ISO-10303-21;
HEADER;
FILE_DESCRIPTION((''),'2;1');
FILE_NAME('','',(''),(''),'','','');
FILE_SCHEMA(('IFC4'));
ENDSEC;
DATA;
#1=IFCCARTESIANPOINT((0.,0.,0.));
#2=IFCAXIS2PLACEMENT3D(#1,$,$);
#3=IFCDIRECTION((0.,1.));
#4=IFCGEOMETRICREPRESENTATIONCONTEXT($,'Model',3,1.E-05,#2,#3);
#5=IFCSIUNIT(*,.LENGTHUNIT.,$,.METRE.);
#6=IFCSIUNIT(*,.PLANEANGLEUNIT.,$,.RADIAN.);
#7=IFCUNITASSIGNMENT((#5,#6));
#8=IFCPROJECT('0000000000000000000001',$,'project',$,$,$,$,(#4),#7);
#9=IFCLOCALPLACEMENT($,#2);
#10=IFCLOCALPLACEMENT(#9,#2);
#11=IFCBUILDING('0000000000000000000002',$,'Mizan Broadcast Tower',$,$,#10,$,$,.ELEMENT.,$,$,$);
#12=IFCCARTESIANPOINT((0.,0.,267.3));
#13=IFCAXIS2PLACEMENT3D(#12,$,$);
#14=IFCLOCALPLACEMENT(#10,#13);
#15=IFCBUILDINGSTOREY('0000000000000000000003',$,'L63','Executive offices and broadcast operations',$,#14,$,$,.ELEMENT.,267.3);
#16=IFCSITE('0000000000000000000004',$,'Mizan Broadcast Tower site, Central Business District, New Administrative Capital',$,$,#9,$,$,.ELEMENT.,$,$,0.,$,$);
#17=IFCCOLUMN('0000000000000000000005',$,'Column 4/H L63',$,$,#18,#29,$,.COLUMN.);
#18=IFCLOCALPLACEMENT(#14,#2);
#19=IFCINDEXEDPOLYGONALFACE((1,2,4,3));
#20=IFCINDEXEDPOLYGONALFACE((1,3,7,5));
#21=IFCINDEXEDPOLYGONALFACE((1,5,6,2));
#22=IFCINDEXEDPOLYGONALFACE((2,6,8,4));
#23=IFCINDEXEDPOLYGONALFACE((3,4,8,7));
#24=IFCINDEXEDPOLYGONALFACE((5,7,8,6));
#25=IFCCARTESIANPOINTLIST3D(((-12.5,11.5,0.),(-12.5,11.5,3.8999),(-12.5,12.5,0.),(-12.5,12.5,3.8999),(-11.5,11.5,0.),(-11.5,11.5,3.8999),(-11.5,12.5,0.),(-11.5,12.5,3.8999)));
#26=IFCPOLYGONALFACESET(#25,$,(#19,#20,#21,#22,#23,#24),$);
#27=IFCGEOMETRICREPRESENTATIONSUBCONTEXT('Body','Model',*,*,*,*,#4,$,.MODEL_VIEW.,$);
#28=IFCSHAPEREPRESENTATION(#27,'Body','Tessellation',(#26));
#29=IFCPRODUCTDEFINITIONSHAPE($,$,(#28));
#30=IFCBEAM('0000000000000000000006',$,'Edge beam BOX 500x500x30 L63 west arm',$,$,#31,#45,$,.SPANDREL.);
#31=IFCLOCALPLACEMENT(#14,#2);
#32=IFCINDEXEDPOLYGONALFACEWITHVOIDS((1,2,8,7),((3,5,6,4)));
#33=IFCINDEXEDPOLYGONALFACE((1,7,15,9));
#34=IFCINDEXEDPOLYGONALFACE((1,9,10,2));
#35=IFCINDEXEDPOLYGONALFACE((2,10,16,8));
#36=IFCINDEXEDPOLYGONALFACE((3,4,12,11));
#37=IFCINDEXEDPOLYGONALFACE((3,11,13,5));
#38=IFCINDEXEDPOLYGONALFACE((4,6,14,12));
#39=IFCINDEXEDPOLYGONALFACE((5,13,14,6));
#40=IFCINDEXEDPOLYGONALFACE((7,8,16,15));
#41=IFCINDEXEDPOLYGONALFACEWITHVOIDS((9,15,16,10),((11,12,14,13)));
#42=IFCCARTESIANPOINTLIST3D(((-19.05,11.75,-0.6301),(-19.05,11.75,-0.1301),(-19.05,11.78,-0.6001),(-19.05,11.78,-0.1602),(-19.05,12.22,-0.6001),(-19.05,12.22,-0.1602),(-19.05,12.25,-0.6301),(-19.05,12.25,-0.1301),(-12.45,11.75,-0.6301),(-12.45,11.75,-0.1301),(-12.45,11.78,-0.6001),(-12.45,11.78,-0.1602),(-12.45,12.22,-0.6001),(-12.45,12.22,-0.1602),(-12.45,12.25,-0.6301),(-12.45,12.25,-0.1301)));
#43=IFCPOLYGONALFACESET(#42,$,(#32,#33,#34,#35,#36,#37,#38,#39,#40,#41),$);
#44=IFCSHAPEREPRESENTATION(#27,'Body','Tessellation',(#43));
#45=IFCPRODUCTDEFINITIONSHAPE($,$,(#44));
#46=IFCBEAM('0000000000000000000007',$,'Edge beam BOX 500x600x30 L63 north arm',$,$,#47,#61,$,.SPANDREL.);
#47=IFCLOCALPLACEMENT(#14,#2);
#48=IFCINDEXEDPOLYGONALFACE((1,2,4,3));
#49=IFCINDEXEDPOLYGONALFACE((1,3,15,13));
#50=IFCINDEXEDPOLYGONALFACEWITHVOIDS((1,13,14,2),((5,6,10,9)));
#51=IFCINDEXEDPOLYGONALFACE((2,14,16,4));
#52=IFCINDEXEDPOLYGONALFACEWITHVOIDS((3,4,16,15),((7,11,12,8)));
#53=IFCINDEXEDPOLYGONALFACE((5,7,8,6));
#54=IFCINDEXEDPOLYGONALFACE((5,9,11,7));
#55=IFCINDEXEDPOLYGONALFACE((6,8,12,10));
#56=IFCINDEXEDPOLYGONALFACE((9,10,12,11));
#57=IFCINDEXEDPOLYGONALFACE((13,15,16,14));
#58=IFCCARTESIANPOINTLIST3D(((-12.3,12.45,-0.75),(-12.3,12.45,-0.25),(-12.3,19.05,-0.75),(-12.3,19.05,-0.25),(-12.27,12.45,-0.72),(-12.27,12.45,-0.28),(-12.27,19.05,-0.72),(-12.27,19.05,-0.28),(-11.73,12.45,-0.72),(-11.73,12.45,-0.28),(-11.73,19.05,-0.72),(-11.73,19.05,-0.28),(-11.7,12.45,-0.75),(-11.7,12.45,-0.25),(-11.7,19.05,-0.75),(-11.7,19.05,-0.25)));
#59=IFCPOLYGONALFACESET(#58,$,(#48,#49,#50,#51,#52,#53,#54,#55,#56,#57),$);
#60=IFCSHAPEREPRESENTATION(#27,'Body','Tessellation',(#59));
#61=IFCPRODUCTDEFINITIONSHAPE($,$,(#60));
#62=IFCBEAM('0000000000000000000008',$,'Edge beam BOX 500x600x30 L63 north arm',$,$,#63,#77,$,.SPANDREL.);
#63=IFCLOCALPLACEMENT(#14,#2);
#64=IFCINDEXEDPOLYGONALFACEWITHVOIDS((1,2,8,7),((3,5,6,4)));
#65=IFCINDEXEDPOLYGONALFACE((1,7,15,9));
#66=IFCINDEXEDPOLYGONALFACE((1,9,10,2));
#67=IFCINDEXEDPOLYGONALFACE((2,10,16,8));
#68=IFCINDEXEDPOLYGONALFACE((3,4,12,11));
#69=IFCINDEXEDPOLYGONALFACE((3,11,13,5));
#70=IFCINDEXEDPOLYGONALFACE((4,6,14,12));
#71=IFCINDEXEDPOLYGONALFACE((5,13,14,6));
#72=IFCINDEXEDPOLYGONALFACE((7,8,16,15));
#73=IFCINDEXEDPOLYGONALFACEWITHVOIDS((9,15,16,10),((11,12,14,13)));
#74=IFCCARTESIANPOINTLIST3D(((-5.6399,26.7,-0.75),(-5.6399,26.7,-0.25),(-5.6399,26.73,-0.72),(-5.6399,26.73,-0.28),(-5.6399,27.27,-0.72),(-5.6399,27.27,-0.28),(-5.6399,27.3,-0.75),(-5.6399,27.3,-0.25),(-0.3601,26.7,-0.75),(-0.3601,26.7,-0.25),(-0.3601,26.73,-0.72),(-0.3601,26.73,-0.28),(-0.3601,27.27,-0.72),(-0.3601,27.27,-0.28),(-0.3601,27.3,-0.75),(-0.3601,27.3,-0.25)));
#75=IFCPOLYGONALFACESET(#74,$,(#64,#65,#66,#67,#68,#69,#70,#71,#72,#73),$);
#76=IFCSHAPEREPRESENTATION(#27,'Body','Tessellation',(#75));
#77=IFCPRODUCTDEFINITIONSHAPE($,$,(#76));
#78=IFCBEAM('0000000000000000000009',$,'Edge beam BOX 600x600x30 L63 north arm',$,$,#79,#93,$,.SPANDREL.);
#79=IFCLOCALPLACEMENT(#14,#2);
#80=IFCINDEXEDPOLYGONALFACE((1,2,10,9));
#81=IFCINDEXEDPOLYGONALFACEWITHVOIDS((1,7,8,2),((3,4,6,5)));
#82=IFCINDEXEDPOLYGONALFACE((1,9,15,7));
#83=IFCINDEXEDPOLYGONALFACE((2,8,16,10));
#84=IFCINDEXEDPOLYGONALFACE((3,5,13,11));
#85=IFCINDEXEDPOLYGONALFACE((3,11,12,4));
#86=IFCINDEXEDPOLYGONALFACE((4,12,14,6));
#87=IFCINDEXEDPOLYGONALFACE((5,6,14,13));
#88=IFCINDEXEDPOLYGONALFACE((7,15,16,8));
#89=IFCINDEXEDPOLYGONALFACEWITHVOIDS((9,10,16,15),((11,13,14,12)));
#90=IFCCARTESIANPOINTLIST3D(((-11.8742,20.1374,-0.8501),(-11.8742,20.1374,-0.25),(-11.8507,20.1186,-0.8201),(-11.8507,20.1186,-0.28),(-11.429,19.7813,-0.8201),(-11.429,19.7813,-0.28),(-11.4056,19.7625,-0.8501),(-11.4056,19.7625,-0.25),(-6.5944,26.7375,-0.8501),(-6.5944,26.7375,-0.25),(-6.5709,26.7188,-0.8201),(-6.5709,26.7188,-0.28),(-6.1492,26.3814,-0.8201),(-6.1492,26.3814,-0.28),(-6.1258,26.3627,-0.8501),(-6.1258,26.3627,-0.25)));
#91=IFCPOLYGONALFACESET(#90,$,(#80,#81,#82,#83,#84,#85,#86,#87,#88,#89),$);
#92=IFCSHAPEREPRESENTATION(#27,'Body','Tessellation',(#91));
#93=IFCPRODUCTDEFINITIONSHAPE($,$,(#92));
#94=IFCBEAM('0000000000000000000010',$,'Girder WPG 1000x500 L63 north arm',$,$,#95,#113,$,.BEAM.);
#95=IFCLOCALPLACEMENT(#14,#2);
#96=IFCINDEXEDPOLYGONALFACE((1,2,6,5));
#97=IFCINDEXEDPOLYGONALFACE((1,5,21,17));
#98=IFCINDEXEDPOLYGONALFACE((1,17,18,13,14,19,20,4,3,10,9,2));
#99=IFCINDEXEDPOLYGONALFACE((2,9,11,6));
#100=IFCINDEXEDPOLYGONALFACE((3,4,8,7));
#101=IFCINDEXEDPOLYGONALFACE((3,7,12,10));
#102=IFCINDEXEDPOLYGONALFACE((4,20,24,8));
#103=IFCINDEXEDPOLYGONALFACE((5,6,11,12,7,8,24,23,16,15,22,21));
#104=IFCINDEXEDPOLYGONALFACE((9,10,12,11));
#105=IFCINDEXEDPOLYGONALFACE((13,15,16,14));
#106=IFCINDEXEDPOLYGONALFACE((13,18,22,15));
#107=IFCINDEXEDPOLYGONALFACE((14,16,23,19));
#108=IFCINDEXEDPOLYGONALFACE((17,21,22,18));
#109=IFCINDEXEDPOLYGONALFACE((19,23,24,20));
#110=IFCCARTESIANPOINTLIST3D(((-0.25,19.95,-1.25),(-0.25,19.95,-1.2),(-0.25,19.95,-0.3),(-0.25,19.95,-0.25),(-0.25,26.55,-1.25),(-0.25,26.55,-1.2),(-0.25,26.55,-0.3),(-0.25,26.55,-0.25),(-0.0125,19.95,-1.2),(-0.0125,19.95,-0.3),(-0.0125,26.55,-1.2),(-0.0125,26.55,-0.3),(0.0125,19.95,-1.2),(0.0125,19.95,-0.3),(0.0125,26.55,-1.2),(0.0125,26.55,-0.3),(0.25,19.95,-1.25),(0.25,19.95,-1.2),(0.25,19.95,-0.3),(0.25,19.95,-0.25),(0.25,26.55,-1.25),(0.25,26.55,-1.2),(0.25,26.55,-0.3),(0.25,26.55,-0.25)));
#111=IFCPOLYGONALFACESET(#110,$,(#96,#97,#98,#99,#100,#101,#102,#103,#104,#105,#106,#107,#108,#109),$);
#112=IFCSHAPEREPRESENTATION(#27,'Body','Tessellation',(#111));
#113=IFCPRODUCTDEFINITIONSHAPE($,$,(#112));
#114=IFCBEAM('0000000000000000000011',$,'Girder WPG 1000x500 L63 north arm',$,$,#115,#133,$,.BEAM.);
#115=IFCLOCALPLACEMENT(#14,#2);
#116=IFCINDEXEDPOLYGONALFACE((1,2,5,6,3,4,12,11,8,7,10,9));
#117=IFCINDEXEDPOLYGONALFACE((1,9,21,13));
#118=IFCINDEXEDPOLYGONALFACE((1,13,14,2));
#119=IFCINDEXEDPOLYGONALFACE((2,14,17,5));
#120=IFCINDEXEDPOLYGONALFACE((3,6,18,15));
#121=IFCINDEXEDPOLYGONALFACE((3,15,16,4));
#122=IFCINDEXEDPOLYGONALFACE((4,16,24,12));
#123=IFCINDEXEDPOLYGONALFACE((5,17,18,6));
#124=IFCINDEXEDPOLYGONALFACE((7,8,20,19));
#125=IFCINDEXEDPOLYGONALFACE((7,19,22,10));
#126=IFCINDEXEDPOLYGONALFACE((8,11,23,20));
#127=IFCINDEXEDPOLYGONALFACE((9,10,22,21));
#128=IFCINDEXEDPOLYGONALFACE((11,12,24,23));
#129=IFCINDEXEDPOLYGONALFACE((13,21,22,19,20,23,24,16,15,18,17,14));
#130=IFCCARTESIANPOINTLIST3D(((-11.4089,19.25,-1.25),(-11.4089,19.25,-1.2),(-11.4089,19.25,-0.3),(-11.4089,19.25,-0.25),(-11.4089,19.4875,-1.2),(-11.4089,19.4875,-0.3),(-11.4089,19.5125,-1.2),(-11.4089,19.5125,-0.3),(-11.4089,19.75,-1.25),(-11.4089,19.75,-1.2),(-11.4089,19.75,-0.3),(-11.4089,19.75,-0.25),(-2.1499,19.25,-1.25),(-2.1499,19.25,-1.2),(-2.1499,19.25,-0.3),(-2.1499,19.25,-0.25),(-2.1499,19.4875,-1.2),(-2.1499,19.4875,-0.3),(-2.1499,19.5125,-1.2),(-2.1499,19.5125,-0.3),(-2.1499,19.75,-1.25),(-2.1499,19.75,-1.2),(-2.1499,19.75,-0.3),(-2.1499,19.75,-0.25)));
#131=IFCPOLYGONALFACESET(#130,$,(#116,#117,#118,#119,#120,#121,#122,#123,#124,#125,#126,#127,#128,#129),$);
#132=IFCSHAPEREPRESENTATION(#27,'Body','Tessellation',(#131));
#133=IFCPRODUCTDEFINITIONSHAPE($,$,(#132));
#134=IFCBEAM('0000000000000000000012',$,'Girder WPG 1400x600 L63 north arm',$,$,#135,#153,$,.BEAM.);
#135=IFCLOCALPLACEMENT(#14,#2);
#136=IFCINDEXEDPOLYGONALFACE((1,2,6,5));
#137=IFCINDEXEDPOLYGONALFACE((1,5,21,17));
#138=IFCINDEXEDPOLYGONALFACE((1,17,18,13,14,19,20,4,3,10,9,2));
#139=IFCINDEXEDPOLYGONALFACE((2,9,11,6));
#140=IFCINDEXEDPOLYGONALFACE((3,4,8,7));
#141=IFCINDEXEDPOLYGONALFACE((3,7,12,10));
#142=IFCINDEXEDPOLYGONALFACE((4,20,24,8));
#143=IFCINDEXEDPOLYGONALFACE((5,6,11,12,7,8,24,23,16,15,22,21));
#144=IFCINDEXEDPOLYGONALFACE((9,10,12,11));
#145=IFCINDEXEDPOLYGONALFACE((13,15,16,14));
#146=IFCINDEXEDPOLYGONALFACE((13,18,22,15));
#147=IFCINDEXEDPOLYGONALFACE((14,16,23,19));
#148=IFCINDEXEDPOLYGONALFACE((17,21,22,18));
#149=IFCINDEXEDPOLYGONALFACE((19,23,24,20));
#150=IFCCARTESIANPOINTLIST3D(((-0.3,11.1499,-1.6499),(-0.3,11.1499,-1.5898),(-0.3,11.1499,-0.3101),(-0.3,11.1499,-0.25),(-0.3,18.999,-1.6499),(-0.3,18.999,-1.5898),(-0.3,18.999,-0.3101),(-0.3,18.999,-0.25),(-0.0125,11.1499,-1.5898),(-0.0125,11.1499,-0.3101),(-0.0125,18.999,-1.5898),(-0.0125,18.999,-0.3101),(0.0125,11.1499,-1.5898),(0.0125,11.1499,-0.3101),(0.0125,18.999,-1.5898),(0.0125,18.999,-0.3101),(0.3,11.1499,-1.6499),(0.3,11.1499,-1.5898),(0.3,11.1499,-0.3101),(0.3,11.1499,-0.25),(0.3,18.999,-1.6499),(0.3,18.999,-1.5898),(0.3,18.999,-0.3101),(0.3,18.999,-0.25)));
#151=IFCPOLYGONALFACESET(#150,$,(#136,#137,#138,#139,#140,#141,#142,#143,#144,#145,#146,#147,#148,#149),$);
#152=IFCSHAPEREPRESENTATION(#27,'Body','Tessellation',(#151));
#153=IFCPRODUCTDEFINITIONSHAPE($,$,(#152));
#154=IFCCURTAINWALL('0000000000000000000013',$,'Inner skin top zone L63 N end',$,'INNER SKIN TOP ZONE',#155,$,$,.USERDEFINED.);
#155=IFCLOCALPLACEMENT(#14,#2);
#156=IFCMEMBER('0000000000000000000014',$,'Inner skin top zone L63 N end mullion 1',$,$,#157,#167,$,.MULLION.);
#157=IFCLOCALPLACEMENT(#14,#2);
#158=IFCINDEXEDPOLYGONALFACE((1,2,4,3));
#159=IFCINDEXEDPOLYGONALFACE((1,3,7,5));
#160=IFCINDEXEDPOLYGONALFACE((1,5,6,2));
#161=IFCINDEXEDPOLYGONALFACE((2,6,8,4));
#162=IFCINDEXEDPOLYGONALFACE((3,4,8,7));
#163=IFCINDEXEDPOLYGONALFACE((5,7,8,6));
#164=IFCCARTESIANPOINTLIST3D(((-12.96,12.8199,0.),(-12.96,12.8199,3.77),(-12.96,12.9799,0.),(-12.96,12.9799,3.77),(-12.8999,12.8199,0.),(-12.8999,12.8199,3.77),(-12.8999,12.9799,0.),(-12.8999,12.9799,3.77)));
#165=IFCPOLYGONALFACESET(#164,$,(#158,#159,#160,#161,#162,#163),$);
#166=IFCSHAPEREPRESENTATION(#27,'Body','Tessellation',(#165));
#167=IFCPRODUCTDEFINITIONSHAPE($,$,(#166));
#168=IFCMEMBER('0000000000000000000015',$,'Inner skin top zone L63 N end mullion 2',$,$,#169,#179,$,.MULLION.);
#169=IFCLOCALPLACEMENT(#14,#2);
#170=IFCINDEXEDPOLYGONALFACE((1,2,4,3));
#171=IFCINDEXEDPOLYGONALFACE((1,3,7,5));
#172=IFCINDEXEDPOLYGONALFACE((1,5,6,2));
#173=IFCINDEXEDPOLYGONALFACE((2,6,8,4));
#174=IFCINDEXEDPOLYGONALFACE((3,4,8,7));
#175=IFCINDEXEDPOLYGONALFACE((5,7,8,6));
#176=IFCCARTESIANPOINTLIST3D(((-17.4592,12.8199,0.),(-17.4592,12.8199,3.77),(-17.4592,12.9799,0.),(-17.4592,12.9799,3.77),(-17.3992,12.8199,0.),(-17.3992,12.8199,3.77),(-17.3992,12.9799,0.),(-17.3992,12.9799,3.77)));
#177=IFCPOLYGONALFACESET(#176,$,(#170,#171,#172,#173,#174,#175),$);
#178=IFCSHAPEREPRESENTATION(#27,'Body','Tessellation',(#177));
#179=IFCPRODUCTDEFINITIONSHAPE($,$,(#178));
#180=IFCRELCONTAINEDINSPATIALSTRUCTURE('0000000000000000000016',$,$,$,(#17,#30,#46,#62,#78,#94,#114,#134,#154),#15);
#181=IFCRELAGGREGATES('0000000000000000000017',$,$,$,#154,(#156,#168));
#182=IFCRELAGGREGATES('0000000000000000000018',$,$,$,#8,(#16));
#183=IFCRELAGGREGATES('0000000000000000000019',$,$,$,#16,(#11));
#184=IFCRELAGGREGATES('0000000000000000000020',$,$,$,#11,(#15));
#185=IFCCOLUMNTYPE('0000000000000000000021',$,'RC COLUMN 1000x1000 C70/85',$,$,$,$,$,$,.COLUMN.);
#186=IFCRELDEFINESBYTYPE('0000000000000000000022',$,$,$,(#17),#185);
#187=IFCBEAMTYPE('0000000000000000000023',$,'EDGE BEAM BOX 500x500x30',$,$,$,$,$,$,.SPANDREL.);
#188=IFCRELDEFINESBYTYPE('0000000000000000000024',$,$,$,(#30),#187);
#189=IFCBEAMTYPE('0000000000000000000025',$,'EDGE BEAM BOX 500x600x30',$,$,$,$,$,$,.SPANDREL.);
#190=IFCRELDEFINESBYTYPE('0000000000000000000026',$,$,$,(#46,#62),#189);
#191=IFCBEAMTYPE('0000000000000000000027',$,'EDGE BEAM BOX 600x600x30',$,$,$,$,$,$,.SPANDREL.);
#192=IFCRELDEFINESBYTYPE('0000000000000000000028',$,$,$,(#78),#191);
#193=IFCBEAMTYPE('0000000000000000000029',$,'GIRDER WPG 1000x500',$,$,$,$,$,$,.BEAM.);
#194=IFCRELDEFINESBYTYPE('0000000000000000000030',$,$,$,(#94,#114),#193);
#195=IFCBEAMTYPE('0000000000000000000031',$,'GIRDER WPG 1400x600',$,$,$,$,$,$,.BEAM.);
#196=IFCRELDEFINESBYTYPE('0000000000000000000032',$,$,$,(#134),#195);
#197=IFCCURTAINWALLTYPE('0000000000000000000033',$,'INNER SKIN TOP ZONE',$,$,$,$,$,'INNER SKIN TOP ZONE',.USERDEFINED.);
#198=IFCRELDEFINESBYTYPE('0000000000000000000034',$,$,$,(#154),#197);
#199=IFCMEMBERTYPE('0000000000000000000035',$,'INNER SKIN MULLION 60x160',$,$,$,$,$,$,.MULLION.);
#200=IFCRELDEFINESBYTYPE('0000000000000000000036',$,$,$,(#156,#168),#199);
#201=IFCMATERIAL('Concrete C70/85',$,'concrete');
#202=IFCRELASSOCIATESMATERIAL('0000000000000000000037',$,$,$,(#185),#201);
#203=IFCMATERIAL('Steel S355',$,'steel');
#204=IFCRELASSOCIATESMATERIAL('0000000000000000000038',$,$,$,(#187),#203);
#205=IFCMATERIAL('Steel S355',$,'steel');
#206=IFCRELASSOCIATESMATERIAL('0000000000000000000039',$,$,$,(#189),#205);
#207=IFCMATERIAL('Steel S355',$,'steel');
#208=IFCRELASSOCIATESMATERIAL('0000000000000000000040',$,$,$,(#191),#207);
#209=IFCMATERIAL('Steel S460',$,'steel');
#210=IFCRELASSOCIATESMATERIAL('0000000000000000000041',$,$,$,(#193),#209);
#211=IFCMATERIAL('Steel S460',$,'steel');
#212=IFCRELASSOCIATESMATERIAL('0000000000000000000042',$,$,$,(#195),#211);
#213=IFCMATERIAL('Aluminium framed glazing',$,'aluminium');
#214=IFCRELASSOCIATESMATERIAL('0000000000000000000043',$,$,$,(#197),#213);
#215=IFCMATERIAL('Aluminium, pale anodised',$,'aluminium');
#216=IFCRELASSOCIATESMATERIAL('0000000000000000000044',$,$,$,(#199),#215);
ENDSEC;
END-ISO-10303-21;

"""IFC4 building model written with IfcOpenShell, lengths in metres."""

from ifc_helpers import new_model, si_unit, direction, frame, origin, origin_2d, place, context, subcontext, project, spatial, rectangle, hollow_rectangle, i_section, extrude, material, material_profile, profile_set, type_object, element, aggregate, save


model = new_model("IFC4")

# Units and contexts
model_context = context("Model", 3, precision=1e-05, world=origin(), true_north=direction((0.0, 1.0)))
body_context = subcontext(model_context, "Body", "Model", "MODEL_VIEW")
ifc_project = project(units=[si_unit("LENGTHUNIT", "METRE"), si_unit("PLANEANGLEUNIT", "RADIAN")], contexts=[model_context])

# Site, building, storey
site_placement = place(None, origin())
site = spatial("IfcSite", under=ifc_project, at=site_placement, Name="Mizan Broadcast Tower site, Central Business District, New Administrative Capital", CompositionType="ELEMENT", RefElevation=0.0)
building_placement = place(site_placement, origin())
building = spatial("IfcBuilding", under=site, at=building_placement, Name="Mizan Broadcast Tower", CompositionType="ELEMENT")
storey_placement = place(building_placement, frame((0.0, 0.0, 267.3)))
storey = spatial("IfcBuildingStorey", under=building, at=storey_placement, Name="L63", Description="Executive offices and broadcast operations", CompositionType="ELEMENT", Elevation=267.3)

# Column
ifc_material_1 = material(Name="Concrete C70/85", Category="concrete")
ifc_material_profile_1 = material_profile(ifc_material_1, rectangle(XDim=1.0, YDim=1.0, at=origin_2d()), Name="RC 1000x1000")
ifc_profile_set_1 = profile_set([ifc_material_profile_1], Name="Concrete C70/85")
column_type = type_object("IfcColumnType", Name="RC COLUMN 1000x1000 C70/85", PredefinedType="COLUMN", material=ifc_profile_set_1)
column_placement = place(storey_placement, frame((-12.0, 12.0, 0.0), z_axis=(0.0, 0.0, 1.0), x_axis=(1.0, 0.0, 0.0)))
element("IfcColumn", 1, at=column_placement, inside=storey, type_object=column_type, Name="Column 4/H L63", PredefinedType="COLUMN", context=body_context, shape_type="SweptSolid", body=[
    extrude(rectangle(XDim=1.0, YDim=1.0, at=origin_2d()), origin(), (0.0, 0.0, 1.0), 3.8999),
])

# Beams
ifc_material_2 = material(Name="Steel S355", Category="steel")
ifc_material_profile_2 = material_profile(ifc_material_2, hollow_rectangle(XDim=0.5, YDim=0.5, WallThickness=0.03, at=origin_2d()), Name="BOX 500x500x30")
ifc_profile_set_2 = profile_set([ifc_material_profile_2], Name="Steel S355")
beam_type_1 = type_object("IfcBeamType", Name="EDGE BEAM BOX 500x500x30", PredefinedType="SPANDREL", material=ifc_profile_set_2)
beam_1_placement = place(storey_placement, frame((-12.45, 12.0, -0.3801), z_axis=(-1.0, 0.0, 0.0), x_axis=(0.0, -1.0, 0.0)))
element("IfcBeam", 2, at=beam_1_placement, inside=storey, type_object=beam_type_1, Name="Edge beam BOX 500x500x30 L63 west arm", PredefinedType="SPANDREL", context=body_context, shape_type="SweptSolid", body=[
    extrude(hollow_rectangle(XDim=0.5, YDim=0.5, WallThickness=0.03, at=origin_2d()), origin(), (0.0, 0.0, 1.0), 6.6001),
])
ifc_material_3 = material(Name="Steel S355", Category="steel")
ifc_material_profile_3 = material_profile(ifc_material_3, hollow_rectangle(XDim=0.6001, YDim=0.5, WallThickness=0.03, at=origin_2d()), Name="BOX 500x600x30")
ifc_profile_set_3 = profile_set([ifc_material_profile_3], Name="Steel S355")
beam_type_2 = type_object("IfcBeamType", Name="EDGE BEAM BOX 500x600x30", PredefinedType="SPANDREL", material=ifc_profile_set_3)
beam_2_placement = place(storey_placement, frame((-12.0, 12.45, -0.5), z_axis=(0.0, 1.0, 0.0), x_axis=(-1.0, 0.0, 0.0)))
element("IfcBeam", 3, at=beam_2_placement, inside=storey, type_object=beam_type_2, Name="Edge beam BOX 500x600x30 L63 north arm", PredefinedType="SPANDREL", context=body_context, shape_type="SweptSolid", body=[
    extrude(hollow_rectangle(XDim=0.6001, YDim=0.5, WallThickness=0.03, at=origin_2d()), origin(), (0.0, 0.0, 1.0), 6.6001),
])
beam_3_placement = place(storey_placement, frame((-5.6399, 27.0, -0.5), z_axis=(1.0, 0.0, 0.0), x_axis=(0.0, 1.0, 0.0)))
element("IfcBeam", 4, at=beam_3_placement, inside=storey, type_object=beam_type_2, Name="Edge beam BOX 500x600x30 L63 north arm", PredefinedType="SPANDREL", context=body_context, shape_type="SweptSolid", body=[
    extrude(hollow_rectangle(XDim=0.6001, YDim=0.5, WallThickness=0.03, at=origin_2d()), origin(), (0.0, 0.0, 1.0), 5.2798),
])
ifc_material_4 = material(Name="Steel S355", Category="steel")
ifc_material_profile_4 = material_profile(ifc_material_4, hollow_rectangle(XDim=0.6001, YDim=0.6001, WallThickness=0.03, at=origin_2d()), Name="BOX 600x600x30")
ifc_profile_set_4 = profile_set([ifc_material_profile_4], Name="Steel S355")
beam_type_3 = type_object("IfcBeamType", Name="EDGE BEAM BOX 600x600x30", PredefinedType="SPANDREL", material=ifc_profile_set_4)
beam_4_placement = place(storey_placement, frame((-11.6399, 19.95, -0.55), z_axis=(0.624674, 0.780886, 0.0), x_axis=(-0.780886, 0.624674, 0.0)))
element("IfcBeam", 5, at=beam_4_placement, inside=storey, type_object=beam_type_3, Name="Edge beam BOX 600x600x30 L63 north arm", PredefinedType="SPANDREL", context=body_context, shape_type="SweptSolid", body=[
    extrude(hollow_rectangle(XDim=0.6001, YDim=0.6001, WallThickness=0.03, at=origin_2d()), origin(), (0.0, 0.0, 1.0), 8.4521),
])
ifc_material_5 = material(Name="Steel S460", Category="steel")
ifc_material_profile_5 = material_profile(ifc_material_5, i_section(OverallWidth=0.5, OverallDepth=1.0, WebThickness=0.0249, FlangeThickness=0.05, at=origin_2d()), Name="WPG 1000x500")
ifc_profile_set_5 = profile_set([ifc_material_profile_5], Name="Steel S460")
beam_type_4 = type_object("IfcBeamType", Name="GIRDER WPG 1000x500", PredefinedType="BEAM", material=ifc_profile_set_5)
beam_5_placement = place(storey_placement, frame((0.0, 19.95, -0.75), z_axis=(0.0, 1.0, 0.0), x_axis=(-1.0, 0.0, 0.0)))
element("IfcBeam", 6, at=beam_5_placement, inside=storey, type_object=beam_type_4, Name="Girder WPG 1000x500 L63 north arm", PredefinedType="BEAM", context=body_context, shape_type="SweptSolid", body=[
    extrude(i_section(OverallWidth=0.5, OverallDepth=1.0, WebThickness=0.0249, FlangeThickness=0.05, at=origin_2d()), origin(), (0.0, 0.0, 1.0), 6.6001),
])
beam_6_placement = place(storey_placement, frame((-11.4089, 19.5, -0.75), z_axis=(1.0, 0.0, 0.0), x_axis=(0.0, 1.0, 0.0)))
element("IfcBeam", 7, at=beam_6_placement, inside=storey, type_object=beam_type_4, Name="Girder WPG 1000x500 L63 north arm", PredefinedType="BEAM", context=body_context, shape_type="SweptSolid", body=[
    extrude(i_section(OverallWidth=0.5, OverallDepth=1.0, WebThickness=0.0249, FlangeThickness=0.05, at=origin_2d()), origin(), (0.0, 0.0, 1.0), 9.259),
])
ifc_material_6 = material(Name="Steel S460", Category="steel")
ifc_material_profile_6 = material_profile(ifc_material_6, i_section(OverallWidth=0.6001, OverallDepth=1.3999, WebThickness=0.0249, FlangeThickness=0.0601, at=origin_2d()), Name="WPG 1400x600")
ifc_profile_set_6 = profile_set([ifc_material_profile_6], Name="Steel S460")
beam_type_5 = type_object("IfcBeamType", Name="GIRDER WPG 1400x600", PredefinedType="BEAM", material=ifc_profile_set_6)
beam_7_placement = place(storey_placement, frame((0.0, 11.1499, -0.95), z_axis=(0.0, 1.0, 0.0), x_axis=(-1.0, 0.0, 0.0)))
element("IfcBeam", 8, at=beam_7_placement, inside=storey, type_object=beam_type_5, Name="Girder WPG 1400x600 L63 north arm", PredefinedType="BEAM", context=body_context, shape_type="SweptSolid", body=[
    extrude(i_section(OverallWidth=0.6001, OverallDepth=1.3999, WebThickness=0.0249, FlangeThickness=0.0601, at=origin_2d()), origin(), (0.0, 0.0, 1.0), 7.8491),
])

# Curtain wall, members
ifc_material_7 = material(Name="Aluminium framed glazing", Category="aluminium")
curtain_wall_type_1 = type_object("IfcCurtainWallType", Name="INNER SKIN TOP ZONE", ElementType="INNER SKIN TOP ZONE", PredefinedType="USERDEFINED", material=ifc_material_7)
curtain_wall_1_placement = place(storey_placement, origin())
curtain_wall_1 = element("IfcCurtainWall", 9, at=curtain_wall_1_placement, inside=storey, type_object=curtain_wall_type_1, Name="Inner skin top zone L63 N end", ObjectType="INNER SKIN TOP ZONE", PredefinedType="USERDEFINED")
ifc_material_8 = material(Name="Aluminium, pale anodised", Category="aluminium")
ifc_material_profile_7 = material_profile(ifc_material_8, rectangle(XDim=0.1599, YDim=0.0601, at=origin_2d()), Name="MULLION 160x60")
ifc_profile_set_7 = profile_set([ifc_material_profile_7], Name="Aluminium, pale anodised")
member_type_1 = type_object("IfcMemberType", Name="INNER SKIN MULLION 60x160", PredefinedType="MULLION", material=ifc_profile_set_7)
member_1_placement = place(storey_placement, frame((-12.9299, 12.8999, 0.0), z_axis=(0.0, 0.0, 1.0), x_axis=(0.0, -1.0, 0.0)))
member_1 = element("IfcMember", 10, at=member_1_placement, type_object=member_type_1, Name="Inner skin top zone L63 N end mullion 1", PredefinedType="MULLION", context=body_context, shape_type="SweptSolid", body=[
    extrude(rectangle(XDim=0.1599, YDim=0.0601, at=origin_2d()), origin(), (0.0, 0.0, 1.0), 3.77),
])
member_2_placement = place(storey_placement, frame((-17.4292, 12.8999, 0.0), z_axis=(0.0, 0.0, 1.0), x_axis=(0.0, -1.0, 0.0)))
member_2 = element("IfcMember", 11, at=member_2_placement, type_object=member_type_1, Name="Inner skin top zone L63 N end mullion 2", PredefinedType="MULLION", context=body_context, shape_type="SweptSolid", body=[
    extrude(rectangle(XDim=0.1599, YDim=0.0601, at=origin_2d()), origin(), (0.0, 0.0, 1.0), 3.77),
])

aggregate(curtain_wall_1, [member_1, member_2])

save(model, "model.ifc")
